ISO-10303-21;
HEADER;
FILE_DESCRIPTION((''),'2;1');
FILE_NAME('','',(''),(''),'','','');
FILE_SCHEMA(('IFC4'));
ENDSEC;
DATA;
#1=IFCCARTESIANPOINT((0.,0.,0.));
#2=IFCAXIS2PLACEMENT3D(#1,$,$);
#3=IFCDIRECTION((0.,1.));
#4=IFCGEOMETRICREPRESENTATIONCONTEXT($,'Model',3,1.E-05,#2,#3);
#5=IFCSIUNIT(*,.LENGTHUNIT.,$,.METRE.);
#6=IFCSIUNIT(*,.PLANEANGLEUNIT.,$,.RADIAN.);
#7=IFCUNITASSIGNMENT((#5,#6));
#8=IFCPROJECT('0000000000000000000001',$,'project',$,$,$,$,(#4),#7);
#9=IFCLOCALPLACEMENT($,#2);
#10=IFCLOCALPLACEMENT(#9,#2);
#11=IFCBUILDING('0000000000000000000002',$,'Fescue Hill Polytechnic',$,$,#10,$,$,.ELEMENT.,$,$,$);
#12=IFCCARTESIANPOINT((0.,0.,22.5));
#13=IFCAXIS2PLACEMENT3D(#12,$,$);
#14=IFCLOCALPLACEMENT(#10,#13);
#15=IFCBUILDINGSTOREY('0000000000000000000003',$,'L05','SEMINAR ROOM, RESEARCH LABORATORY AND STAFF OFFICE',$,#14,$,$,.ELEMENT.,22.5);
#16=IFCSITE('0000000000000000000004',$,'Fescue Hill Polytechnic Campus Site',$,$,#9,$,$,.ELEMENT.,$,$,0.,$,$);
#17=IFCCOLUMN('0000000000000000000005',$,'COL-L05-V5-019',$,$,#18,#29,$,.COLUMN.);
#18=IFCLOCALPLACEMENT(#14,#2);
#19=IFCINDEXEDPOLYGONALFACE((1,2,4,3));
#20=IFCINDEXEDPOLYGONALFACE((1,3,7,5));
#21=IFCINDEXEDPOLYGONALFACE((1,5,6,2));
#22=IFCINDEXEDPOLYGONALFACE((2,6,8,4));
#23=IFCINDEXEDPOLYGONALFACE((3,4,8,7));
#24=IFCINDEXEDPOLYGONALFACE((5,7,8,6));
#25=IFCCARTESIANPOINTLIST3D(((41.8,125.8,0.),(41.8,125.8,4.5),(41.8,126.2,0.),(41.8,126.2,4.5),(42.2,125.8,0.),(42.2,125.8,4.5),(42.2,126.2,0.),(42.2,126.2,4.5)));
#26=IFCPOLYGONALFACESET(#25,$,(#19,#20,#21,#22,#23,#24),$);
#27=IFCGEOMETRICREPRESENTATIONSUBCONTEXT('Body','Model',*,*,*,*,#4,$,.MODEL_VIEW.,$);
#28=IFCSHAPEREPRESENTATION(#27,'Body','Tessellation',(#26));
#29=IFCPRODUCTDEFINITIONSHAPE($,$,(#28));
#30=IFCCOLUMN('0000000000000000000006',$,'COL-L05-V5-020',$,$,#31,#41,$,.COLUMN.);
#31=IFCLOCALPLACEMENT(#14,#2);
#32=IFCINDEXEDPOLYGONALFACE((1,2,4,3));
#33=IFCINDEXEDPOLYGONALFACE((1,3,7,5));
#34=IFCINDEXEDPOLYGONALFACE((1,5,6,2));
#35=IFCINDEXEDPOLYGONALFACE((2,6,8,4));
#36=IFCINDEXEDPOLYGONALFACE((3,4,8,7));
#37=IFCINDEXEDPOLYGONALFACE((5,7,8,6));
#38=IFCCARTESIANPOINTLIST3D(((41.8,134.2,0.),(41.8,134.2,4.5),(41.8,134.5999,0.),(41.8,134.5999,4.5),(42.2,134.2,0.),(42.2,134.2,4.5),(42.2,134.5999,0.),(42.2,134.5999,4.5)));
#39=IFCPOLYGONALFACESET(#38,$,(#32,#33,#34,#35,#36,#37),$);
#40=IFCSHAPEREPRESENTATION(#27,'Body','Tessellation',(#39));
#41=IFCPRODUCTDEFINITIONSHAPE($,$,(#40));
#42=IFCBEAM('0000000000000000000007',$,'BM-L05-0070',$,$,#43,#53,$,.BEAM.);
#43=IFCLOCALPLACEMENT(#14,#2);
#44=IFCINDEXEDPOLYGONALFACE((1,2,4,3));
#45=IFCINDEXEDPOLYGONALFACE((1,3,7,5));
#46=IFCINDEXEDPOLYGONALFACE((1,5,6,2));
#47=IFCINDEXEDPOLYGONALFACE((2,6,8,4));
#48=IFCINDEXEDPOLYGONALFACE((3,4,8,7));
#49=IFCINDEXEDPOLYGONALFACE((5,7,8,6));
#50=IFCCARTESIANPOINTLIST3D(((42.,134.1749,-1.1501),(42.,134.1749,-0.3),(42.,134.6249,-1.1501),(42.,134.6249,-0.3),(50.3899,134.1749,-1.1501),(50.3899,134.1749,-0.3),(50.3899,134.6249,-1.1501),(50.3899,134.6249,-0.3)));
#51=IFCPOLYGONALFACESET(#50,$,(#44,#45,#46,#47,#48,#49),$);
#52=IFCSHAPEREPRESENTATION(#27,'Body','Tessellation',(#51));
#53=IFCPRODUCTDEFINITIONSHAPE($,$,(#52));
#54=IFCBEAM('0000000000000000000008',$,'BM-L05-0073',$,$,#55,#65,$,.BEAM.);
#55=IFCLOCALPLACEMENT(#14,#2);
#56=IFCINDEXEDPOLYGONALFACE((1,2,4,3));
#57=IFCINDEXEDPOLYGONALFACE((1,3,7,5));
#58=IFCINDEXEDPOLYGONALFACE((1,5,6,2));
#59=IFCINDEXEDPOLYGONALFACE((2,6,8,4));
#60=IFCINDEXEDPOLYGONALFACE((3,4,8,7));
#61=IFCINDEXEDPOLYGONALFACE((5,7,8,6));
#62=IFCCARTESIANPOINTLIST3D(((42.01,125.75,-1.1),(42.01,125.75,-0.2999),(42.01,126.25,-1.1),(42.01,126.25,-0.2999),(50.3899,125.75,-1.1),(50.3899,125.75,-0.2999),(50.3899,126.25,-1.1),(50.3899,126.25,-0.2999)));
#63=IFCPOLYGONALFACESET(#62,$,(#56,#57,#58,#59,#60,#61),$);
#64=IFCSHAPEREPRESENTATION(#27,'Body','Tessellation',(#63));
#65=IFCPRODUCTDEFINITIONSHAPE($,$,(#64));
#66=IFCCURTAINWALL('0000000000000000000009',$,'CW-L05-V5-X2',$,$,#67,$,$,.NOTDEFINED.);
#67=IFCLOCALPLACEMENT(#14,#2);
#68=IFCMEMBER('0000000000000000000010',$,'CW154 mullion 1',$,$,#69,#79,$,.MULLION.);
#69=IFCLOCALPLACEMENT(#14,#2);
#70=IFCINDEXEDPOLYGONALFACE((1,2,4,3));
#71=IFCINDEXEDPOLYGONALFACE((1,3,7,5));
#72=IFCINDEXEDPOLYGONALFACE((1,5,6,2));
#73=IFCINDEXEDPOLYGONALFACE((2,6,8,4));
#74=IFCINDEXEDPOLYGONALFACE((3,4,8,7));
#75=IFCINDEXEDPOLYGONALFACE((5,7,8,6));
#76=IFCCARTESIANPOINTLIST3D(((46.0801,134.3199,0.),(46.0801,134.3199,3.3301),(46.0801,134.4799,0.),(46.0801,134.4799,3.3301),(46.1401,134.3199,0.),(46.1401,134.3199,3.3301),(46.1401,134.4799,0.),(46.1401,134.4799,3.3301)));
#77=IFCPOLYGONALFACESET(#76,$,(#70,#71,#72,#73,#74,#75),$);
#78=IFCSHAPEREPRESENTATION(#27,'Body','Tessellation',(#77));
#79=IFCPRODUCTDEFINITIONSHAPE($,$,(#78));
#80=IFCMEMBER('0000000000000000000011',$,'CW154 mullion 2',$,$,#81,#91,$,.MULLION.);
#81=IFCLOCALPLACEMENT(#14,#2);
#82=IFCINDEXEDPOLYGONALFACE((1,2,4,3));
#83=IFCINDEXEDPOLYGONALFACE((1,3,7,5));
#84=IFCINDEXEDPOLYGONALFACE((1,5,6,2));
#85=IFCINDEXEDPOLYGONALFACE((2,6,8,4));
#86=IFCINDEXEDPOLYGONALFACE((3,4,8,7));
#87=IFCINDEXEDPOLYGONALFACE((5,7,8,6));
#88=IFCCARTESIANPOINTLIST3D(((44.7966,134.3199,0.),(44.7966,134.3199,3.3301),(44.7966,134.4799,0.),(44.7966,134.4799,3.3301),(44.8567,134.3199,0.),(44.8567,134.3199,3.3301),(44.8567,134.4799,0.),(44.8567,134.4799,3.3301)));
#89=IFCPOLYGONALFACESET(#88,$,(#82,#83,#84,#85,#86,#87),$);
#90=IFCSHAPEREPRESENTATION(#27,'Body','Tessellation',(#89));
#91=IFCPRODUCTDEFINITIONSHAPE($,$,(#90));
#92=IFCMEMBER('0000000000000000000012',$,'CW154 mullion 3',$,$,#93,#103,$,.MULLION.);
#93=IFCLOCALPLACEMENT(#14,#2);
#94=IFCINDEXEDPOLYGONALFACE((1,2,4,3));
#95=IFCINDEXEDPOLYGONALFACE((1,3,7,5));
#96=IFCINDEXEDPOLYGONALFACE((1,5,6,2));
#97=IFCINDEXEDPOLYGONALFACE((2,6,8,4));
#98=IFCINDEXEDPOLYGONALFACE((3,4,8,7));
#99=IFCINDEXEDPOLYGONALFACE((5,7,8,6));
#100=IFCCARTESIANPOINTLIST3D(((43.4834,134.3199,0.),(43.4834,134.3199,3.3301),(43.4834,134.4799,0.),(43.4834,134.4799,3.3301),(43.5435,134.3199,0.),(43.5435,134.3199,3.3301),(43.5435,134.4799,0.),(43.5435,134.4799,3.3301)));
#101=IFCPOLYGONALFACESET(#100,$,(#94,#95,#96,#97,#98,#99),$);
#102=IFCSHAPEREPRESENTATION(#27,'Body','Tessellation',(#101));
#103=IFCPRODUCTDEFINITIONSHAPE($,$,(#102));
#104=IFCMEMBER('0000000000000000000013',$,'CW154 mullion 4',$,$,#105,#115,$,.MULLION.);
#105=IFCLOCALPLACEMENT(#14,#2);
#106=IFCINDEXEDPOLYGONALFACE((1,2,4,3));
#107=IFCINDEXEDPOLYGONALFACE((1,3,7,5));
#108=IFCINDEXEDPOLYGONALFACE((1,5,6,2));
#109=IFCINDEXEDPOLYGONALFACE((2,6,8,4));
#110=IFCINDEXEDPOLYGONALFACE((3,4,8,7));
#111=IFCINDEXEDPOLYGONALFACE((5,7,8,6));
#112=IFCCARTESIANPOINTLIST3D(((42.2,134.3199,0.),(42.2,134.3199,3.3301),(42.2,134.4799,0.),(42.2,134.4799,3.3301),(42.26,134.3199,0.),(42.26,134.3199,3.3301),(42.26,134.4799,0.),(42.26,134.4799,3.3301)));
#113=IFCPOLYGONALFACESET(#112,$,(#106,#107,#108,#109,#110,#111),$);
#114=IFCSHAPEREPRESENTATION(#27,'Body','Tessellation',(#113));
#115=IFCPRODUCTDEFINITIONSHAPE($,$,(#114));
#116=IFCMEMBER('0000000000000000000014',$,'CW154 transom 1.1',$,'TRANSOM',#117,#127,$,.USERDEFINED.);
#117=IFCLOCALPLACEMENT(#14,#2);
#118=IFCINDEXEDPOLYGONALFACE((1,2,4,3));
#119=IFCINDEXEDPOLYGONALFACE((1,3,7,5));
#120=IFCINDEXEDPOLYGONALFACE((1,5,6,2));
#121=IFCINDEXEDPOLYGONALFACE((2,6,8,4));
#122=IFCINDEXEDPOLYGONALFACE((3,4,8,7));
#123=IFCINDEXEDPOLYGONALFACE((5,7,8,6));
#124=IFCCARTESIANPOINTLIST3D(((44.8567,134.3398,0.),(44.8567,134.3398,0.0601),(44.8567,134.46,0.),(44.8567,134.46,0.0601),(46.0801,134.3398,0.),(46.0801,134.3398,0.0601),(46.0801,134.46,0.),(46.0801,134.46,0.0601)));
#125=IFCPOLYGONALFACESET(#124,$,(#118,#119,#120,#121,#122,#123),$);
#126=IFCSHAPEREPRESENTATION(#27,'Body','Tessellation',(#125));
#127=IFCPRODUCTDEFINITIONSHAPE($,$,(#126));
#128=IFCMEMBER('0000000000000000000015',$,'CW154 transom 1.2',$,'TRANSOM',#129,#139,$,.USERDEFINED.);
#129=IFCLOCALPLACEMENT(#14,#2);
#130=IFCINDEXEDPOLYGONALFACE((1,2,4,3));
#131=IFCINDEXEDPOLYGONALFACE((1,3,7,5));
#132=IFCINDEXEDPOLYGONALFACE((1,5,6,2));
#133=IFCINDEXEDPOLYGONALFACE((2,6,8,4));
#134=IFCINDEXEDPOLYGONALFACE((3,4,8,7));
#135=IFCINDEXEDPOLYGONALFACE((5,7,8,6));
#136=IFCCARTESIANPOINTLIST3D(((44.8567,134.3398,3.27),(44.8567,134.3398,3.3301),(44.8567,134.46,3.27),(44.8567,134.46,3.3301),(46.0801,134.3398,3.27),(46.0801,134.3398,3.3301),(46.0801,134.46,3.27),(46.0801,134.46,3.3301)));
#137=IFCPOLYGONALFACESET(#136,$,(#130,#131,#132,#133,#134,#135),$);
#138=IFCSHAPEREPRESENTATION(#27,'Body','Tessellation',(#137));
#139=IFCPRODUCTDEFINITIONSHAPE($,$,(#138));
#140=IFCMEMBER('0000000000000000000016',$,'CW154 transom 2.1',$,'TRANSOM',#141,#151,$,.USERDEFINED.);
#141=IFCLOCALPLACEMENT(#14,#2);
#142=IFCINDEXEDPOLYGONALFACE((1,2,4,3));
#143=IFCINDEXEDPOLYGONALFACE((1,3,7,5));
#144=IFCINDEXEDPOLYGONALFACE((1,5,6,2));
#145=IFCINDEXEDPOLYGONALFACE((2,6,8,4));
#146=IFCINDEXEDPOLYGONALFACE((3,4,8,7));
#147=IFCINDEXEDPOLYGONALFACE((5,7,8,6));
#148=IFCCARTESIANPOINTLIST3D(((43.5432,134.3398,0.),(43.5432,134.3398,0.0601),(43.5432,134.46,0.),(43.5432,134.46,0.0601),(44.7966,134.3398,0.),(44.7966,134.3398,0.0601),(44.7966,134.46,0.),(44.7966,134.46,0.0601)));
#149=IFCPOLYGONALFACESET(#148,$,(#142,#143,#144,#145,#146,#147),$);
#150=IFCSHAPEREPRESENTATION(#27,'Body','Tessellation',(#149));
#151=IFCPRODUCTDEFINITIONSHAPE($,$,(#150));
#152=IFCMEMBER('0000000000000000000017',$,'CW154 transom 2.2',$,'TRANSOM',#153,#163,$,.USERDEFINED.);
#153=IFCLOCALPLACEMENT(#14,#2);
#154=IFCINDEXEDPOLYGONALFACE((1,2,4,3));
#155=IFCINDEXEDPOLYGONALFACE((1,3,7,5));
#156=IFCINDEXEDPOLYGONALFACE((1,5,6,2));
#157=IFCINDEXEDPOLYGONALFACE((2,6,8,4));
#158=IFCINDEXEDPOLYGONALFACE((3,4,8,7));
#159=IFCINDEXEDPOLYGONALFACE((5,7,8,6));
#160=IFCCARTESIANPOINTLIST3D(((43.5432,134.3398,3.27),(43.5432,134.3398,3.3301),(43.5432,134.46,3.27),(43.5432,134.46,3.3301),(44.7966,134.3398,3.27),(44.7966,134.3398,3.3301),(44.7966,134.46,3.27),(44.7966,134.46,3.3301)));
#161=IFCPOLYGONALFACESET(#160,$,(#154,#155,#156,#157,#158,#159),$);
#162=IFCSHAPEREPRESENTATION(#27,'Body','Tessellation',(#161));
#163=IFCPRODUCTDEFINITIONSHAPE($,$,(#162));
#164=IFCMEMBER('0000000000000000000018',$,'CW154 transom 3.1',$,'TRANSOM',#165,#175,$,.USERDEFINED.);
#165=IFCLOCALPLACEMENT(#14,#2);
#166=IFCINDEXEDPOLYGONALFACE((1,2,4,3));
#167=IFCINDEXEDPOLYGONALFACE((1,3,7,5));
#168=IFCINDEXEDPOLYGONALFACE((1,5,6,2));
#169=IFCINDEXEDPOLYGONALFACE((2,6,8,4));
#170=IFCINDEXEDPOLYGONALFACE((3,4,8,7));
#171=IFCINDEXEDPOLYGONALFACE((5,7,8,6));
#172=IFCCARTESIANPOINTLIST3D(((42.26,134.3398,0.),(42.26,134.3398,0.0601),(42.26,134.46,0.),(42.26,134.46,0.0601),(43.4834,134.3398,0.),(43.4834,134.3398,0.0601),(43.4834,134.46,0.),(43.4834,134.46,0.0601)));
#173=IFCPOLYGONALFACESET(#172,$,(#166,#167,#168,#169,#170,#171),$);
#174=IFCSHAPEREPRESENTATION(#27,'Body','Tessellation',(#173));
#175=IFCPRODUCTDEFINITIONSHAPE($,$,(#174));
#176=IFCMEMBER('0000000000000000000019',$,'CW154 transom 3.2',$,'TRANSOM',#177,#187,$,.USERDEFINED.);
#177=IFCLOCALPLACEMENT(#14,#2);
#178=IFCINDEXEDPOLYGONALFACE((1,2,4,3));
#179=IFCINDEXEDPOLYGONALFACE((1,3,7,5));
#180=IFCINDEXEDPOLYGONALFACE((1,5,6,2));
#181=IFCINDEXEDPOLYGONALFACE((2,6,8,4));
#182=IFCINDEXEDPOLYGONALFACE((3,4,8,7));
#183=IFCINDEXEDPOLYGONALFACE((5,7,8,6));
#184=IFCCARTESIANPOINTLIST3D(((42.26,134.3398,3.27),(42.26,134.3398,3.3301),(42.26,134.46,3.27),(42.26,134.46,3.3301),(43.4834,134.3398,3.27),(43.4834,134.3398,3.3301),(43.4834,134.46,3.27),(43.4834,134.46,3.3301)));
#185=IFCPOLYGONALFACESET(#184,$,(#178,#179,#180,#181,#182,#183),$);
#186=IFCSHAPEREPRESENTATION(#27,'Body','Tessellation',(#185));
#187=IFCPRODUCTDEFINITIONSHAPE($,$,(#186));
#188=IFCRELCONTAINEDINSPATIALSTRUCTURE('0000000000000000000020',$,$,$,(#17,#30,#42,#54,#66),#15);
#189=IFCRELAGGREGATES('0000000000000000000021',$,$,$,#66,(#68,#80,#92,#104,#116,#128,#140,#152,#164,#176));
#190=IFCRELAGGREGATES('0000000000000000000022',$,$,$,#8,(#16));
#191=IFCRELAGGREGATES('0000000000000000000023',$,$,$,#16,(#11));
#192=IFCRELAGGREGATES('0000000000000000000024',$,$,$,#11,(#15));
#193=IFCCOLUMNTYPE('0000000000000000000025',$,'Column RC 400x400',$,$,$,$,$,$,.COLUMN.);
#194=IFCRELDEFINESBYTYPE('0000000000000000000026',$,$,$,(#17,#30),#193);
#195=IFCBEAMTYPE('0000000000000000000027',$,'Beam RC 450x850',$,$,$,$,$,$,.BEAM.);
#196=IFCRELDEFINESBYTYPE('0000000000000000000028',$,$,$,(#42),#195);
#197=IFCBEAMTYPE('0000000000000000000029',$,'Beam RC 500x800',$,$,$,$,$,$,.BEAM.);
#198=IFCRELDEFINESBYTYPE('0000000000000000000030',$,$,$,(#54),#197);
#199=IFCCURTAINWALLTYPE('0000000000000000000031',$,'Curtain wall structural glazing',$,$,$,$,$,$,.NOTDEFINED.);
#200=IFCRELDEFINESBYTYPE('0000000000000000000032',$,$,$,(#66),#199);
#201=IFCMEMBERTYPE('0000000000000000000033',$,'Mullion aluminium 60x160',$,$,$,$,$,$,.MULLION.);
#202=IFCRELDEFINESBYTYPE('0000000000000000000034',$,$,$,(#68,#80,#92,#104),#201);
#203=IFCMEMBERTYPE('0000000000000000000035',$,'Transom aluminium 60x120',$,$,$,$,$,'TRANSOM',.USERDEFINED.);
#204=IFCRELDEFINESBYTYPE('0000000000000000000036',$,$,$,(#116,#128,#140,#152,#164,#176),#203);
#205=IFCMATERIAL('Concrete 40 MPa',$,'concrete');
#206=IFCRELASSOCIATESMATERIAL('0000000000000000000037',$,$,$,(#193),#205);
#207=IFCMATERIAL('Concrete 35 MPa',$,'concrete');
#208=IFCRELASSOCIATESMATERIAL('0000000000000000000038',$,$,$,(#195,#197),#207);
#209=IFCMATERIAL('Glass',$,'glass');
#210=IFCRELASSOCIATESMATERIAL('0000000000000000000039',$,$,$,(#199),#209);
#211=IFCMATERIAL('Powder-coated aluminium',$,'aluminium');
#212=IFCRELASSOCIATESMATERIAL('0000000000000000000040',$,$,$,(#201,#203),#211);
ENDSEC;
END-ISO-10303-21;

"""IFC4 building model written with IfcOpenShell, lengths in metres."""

from ifc_helpers import new_model, si_unit, direction, frame, origin, origin_2d, place, context, subcontext, project, spatial, rectangle, extrude, material, material_profile, profile_set, type_object, element, aggregate, save


model = new_model("IFC4")

# Units and contexts
model_context = context("Model", 3, precision=1e-05, world=origin(), true_north=direction((0.0, 1.0)))
body_context = subcontext(model_context, "Body", "Model", "MODEL_VIEW")
ifc_project = project(units=[si_unit("LENGTHUNIT", "METRE"), si_unit("PLANEANGLEUNIT", "RADIAN")], contexts=[model_context])

# Site, building, storey
site_placement = place(None, origin())
site = spatial("IfcSite", under=ifc_project, at=site_placement, Name="Fescue Hill Polytechnic Campus Site", CompositionType="ELEMENT", RefElevation=0.0)
building_placement = place(site_placement, origin())
building = spatial("IfcBuilding", under=site, at=building_placement, Name="Fescue Hill Polytechnic", CompositionType="ELEMENT")
storey_placement = place(building_placement, frame((0.0, 0.0, 22.5)))
storey = spatial("IfcBuildingStorey", under=building, at=storey_placement, Name="L05", Description="SEMINAR ROOM, RESEARCH LABORATORY AND STAFF OFFICE", CompositionType="ELEMENT", Elevation=22.5)

# Columns
ifc_material_1 = material(Name="Concrete 40 MPa", Category="concrete")
ifc_material_profile_1 = material_profile(ifc_material_1, rectangle(XDim=0.3999, YDim=0.3999, at=origin_2d()), Name="RC 400x400")
ifc_profile_set_1 = profile_set([ifc_material_profile_1], Name="Concrete 40 MPa")
column_type = type_object("IfcColumnType", Name="Column RC 400x400", PredefinedType="COLUMN", material=ifc_profile_set_1)
for number, where, z_axis, x_axis, name in (
    (1, (42.0, 126.0, 0.0), (0.0, 0.0, 1.0), (1.0, 0.0, 0.0), "COL-L05-V5-019"),
    (2, (42.0, 134.3999, 0.0), (0.0, 0.0, 1.0), (1.0, 0.0, 0.0), "COL-L05-V5-020"),
):
    element("IfcColumn", number, at=place(storey_placement, frame(where, z_axis=z_axis, x_axis=x_axis)), inside=storey, type_object=column_type, Name=name, PredefinedType="COLUMN", context=body_context, shape_type="SweptSolid", body=[
        extrude(rectangle(XDim=0.3999, YDim=0.3999, at=origin_2d()), origin(), (0.0, 0.0, 1.0), 4.5),
    ])

# Beams
ifc_material_2 = material(Name="Concrete 35 MPa", Category="concrete")
ifc_material_profile_2 = material_profile(ifc_material_2, rectangle(XDim=0.45, YDim=0.8501, at=origin_2d()), Name="RC 450x850")
ifc_profile_set_2 = profile_set([ifc_material_profile_2], Name="Concrete 35 MPa")
beam_type_1 = type_object("IfcBeamType", Name="Beam RC 450x850", PredefinedType="BEAM", material=ifc_profile_set_2)
beam_1_placement = place(storey_placement, frame((42.0, 134.3999, -0.7251), z_axis=(1.0, 0.0, 0.0), x_axis=(0.0, 1.0, 0.0)))
element("IfcBeam", 3, at=beam_1_placement, inside=storey, type_object=beam_type_1, Name="BM-L05-0070", PredefinedType="BEAM", context=body_context, shape_type="SweptSolid", body=[
    extrude(rectangle(XDim=0.45, YDim=0.8501, at=origin_2d()), origin(), (0.0, 0.0, 1.0), 8.3899),
])
ifc_material_profile_3 = material_profile(ifc_material_2, rectangle(XDim=0.5, YDim=0.8, at=origin_2d()), Name="RC 500x800")
ifc_profile_set_3 = profile_set([ifc_material_profile_3], Name="Concrete 35 MPa")
beam_type_2 = type_object("IfcBeamType", Name="Beam RC 500x800", PredefinedType="BEAM", material=ifc_profile_set_3)
beam_2_placement = place(storey_placement, frame((42.01, 126.0, -0.7), z_axis=(1.0, 0.0, 0.0), x_axis=(0.0, 1.0, 0.0)))
element("IfcBeam", 4, at=beam_2_placement, inside=storey, type_object=beam_type_2, Name="BM-L05-0073", PredefinedType="BEAM", context=body_context, shape_type="SweptSolid", body=[
    extrude(rectangle(XDim=0.5, YDim=0.8, at=origin_2d()), origin(), (0.0, 0.0, 1.0), 8.3799),
])

# Curtain wall, members
ifc_material_3 = material(Name="Glass", Category="glass")
curtain_wall_type = type_object("IfcCurtainWallType", Name="Curtain wall structural glazing", PredefinedType="NOTDEFINED", material=ifc_material_3)
curtain_wall_placement = place(storey_placement, origin())
curtain_wall = element("IfcCurtainWall", 5, at=curtain_wall_placement, inside=storey, type_object=curtain_wall_type, Name="CW-L05-V5-X2", PredefinedType="NOTDEFINED")
ifc_material_4 = material(Name="Powder-coated aluminium", Category="aluminium")
ifc_material_profile_4 = material_profile(ifc_material_4, rectangle(XDim=0.1599, YDim=0.0601, at=origin_2d()), Name="Mullion aluminium 60x160")
ifc_profile_set_4 = profile_set([ifc_material_profile_4], Name="Powder-coated aluminium")
member_type_1 = type_object("IfcMemberType", Name="Mullion aluminium 60x160", PredefinedType="MULLION", material=ifc_profile_set_4)
member_1_placement = place(storey_placement, frame((46.1101, 134.3999, 0.0), z_axis=(0.0, 0.0, 1.0), x_axis=(0.0, -1.0, 0.0)))
member_1 = element("IfcMember", 6, at=member_1_placement, type_object=member_type_1, Name="CW154 mullion 1", PredefinedType="MULLION", context=body_context, shape_type="SweptSolid", body=[
    extrude(rectangle(XDim=0.1599, YDim=0.0601, at=origin_2d()), origin(), (0.0, 0.0, 1.0), 3.3301),
])
member_2_placement = place(storey_placement, frame((44.8267, 134.3999, 0.0), z_axis=(0.0, 0.0, 1.0), x_axis=(0.0, -1.0, 0.0)))
member_2 = element("IfcMember", 7, at=member_2_placement, type_object=member_type_1, Name="CW154 mullion 2", PredefinedType="MULLION", context=body_context, shape_type="SweptSolid", body=[
    extrude(rectangle(XDim=0.1599, YDim=0.0601, at=origin_2d()), origin(), (0.0, 0.0, 1.0), 3.3301),
])
member_3_placement = place(storey_placement, frame((43.5134, 134.3999, 0.0), z_axis=(0.0, 0.0, 1.0), x_axis=(0.0, -1.0, 0.0)))
member_3 = element("IfcMember", 8, at=member_3_placement, type_object=member_type_1, Name="CW154 mullion 3", PredefinedType="MULLION", context=body_context, shape_type="SweptSolid", body=[
    extrude(rectangle(XDim=0.1599, YDim=0.0601, at=origin_2d()), origin(), (0.0, 0.0, 1.0), 3.3301),
])
member_4_placement = place(storey_placement, frame((42.23, 134.3999, 0.0), z_axis=(0.0, 0.0, 1.0), x_axis=(0.0, -1.0, 0.0)))
member_4 = element("IfcMember", 9, at=member_4_placement, type_object=member_type_1, Name="CW154 mullion 4", PredefinedType="MULLION", context=body_context, shape_type="SweptSolid", body=[
    extrude(rectangle(XDim=0.1599, YDim=0.0601, at=origin_2d()), origin(), (0.0, 0.0, 1.0), 3.3301),
])
ifc_material_profile_5 = material_profile(ifc_material_4, rectangle(XDim=0.1201, YDim=0.0601, at=origin_2d()), Name="Transom aluminium 60x120")
ifc_profile_set_5 = profile_set([ifc_material_profile_5], Name="Powder-coated aluminium")
member_type_2 = type_object("IfcMemberType", Name="Transom aluminium 60x120", ElementType="TRANSOM", PredefinedType="USERDEFINED", material=ifc_profile_set_5)
member_5_placement = place(storey_placement, frame((46.0801, 134.3999, 0.03), z_axis=(-1.0, 0.0, 0.0), x_axis=(0.0, -1.0, 0.0)))
member_5 = element("IfcMember", 10, at=member_5_placement, type_object=member_type_2, Name="CW154 transom 1.1", ObjectType="TRANSOM", PredefinedType="USERDEFINED", context=body_context, shape_type="SweptSolid", body=[
    extrude(rectangle(XDim=0.1201, YDim=0.0601, at=origin_2d()), origin(), (0.0, 0.0, 1.0), 1.2234),
])
member_6_placement = place(storey_placement, frame((46.0801, 134.3999, 3.3), z_axis=(-1.0, 0.0, 0.0), x_axis=(0.0, -1.0, 0.0)))
member_6 = element("IfcMember", 11, at=member_6_placement, type_object=member_type_2, Name="CW154 transom 1.2", ObjectType="TRANSOM", PredefinedType="USERDEFINED", context=body_context, shape_type="SweptSolid", body=[
    extrude(rectangle(XDim=0.1201, YDim=0.0601, at=origin_2d()), origin(), (0.0, 0.0, 1.0), 1.2234),
])
member_7_placement = place(storey_placement, frame((44.7966, 134.3999, 0.03), z_axis=(-1.0, 0.0, 0.0), x_axis=(0.0, -1.0, 0.0)))
member_7 = element("IfcMember", 12, at=member_7_placement, type_object=member_type_2, Name="CW154 transom 2.1", ObjectType="TRANSOM", PredefinedType="USERDEFINED", context=body_context, shape_type="SweptSolid", body=[
    extrude(rectangle(XDim=0.1201, YDim=0.0601, at=origin_2d()), origin(), (0.0, 0.0, 1.0), 1.2534),
])
member_8_placement = place(storey_placement, frame((44.7966, 134.3999, 3.3), z_axis=(-1.0, 0.0, 0.0), x_axis=(0.0, -1.0, 0.0)))
member_8 = element("IfcMember", 13, at=member_8_placement, type_object=member_type_2, Name="CW154 transom 2.2", ObjectType="TRANSOM", PredefinedType="USERDEFINED", context=body_context, shape_type="SweptSolid", body=[
    extrude(rectangle(XDim=0.1201, YDim=0.0601, at=origin_2d()), origin(), (0.0, 0.0, 1.0), 1.2534),
])
member_9_placement = place(storey_placement, frame((43.4834, 134.3999, 0.03), z_axis=(-1.0, 0.0, 0.0), x_axis=(0.0, -1.0, 0.0)))
member_9 = element("IfcMember", 14, at=member_9_placement, type_object=member_type_2, Name="CW154 transom 3.1", ObjectType="TRANSOM", PredefinedType="USERDEFINED", context=body_context, shape_type="SweptSolid", body=[
    extrude(rectangle(XDim=0.1201, YDim=0.0601, at=origin_2d()), origin(), (0.0, 0.0, 1.0), 1.2234),
])
member_10_placement = place(storey_placement, frame((43.4834, 134.3999, 3.3), z_axis=(-1.0, 0.0, 0.0), x_axis=(0.0, -1.0, 0.0)))
member_10 = element("IfcMember", 15, at=member_10_placement, type_object=member_type_2, Name="CW154 transom 3.2", ObjectType="TRANSOM", PredefinedType="USERDEFINED", context=body_context, shape_type="SweptSolid", body=[
    extrude(rectangle(XDim=0.1201, YDim=0.0601, at=origin_2d()), origin(), (0.0, 0.0, 1.0), 1.2234),
])
aggregate(curtain_wall, [member_1, member_2, member_3, member_4, member_5, member_6, member_7, member_8, member_9, member_10])

save(model, "model.ifc")
